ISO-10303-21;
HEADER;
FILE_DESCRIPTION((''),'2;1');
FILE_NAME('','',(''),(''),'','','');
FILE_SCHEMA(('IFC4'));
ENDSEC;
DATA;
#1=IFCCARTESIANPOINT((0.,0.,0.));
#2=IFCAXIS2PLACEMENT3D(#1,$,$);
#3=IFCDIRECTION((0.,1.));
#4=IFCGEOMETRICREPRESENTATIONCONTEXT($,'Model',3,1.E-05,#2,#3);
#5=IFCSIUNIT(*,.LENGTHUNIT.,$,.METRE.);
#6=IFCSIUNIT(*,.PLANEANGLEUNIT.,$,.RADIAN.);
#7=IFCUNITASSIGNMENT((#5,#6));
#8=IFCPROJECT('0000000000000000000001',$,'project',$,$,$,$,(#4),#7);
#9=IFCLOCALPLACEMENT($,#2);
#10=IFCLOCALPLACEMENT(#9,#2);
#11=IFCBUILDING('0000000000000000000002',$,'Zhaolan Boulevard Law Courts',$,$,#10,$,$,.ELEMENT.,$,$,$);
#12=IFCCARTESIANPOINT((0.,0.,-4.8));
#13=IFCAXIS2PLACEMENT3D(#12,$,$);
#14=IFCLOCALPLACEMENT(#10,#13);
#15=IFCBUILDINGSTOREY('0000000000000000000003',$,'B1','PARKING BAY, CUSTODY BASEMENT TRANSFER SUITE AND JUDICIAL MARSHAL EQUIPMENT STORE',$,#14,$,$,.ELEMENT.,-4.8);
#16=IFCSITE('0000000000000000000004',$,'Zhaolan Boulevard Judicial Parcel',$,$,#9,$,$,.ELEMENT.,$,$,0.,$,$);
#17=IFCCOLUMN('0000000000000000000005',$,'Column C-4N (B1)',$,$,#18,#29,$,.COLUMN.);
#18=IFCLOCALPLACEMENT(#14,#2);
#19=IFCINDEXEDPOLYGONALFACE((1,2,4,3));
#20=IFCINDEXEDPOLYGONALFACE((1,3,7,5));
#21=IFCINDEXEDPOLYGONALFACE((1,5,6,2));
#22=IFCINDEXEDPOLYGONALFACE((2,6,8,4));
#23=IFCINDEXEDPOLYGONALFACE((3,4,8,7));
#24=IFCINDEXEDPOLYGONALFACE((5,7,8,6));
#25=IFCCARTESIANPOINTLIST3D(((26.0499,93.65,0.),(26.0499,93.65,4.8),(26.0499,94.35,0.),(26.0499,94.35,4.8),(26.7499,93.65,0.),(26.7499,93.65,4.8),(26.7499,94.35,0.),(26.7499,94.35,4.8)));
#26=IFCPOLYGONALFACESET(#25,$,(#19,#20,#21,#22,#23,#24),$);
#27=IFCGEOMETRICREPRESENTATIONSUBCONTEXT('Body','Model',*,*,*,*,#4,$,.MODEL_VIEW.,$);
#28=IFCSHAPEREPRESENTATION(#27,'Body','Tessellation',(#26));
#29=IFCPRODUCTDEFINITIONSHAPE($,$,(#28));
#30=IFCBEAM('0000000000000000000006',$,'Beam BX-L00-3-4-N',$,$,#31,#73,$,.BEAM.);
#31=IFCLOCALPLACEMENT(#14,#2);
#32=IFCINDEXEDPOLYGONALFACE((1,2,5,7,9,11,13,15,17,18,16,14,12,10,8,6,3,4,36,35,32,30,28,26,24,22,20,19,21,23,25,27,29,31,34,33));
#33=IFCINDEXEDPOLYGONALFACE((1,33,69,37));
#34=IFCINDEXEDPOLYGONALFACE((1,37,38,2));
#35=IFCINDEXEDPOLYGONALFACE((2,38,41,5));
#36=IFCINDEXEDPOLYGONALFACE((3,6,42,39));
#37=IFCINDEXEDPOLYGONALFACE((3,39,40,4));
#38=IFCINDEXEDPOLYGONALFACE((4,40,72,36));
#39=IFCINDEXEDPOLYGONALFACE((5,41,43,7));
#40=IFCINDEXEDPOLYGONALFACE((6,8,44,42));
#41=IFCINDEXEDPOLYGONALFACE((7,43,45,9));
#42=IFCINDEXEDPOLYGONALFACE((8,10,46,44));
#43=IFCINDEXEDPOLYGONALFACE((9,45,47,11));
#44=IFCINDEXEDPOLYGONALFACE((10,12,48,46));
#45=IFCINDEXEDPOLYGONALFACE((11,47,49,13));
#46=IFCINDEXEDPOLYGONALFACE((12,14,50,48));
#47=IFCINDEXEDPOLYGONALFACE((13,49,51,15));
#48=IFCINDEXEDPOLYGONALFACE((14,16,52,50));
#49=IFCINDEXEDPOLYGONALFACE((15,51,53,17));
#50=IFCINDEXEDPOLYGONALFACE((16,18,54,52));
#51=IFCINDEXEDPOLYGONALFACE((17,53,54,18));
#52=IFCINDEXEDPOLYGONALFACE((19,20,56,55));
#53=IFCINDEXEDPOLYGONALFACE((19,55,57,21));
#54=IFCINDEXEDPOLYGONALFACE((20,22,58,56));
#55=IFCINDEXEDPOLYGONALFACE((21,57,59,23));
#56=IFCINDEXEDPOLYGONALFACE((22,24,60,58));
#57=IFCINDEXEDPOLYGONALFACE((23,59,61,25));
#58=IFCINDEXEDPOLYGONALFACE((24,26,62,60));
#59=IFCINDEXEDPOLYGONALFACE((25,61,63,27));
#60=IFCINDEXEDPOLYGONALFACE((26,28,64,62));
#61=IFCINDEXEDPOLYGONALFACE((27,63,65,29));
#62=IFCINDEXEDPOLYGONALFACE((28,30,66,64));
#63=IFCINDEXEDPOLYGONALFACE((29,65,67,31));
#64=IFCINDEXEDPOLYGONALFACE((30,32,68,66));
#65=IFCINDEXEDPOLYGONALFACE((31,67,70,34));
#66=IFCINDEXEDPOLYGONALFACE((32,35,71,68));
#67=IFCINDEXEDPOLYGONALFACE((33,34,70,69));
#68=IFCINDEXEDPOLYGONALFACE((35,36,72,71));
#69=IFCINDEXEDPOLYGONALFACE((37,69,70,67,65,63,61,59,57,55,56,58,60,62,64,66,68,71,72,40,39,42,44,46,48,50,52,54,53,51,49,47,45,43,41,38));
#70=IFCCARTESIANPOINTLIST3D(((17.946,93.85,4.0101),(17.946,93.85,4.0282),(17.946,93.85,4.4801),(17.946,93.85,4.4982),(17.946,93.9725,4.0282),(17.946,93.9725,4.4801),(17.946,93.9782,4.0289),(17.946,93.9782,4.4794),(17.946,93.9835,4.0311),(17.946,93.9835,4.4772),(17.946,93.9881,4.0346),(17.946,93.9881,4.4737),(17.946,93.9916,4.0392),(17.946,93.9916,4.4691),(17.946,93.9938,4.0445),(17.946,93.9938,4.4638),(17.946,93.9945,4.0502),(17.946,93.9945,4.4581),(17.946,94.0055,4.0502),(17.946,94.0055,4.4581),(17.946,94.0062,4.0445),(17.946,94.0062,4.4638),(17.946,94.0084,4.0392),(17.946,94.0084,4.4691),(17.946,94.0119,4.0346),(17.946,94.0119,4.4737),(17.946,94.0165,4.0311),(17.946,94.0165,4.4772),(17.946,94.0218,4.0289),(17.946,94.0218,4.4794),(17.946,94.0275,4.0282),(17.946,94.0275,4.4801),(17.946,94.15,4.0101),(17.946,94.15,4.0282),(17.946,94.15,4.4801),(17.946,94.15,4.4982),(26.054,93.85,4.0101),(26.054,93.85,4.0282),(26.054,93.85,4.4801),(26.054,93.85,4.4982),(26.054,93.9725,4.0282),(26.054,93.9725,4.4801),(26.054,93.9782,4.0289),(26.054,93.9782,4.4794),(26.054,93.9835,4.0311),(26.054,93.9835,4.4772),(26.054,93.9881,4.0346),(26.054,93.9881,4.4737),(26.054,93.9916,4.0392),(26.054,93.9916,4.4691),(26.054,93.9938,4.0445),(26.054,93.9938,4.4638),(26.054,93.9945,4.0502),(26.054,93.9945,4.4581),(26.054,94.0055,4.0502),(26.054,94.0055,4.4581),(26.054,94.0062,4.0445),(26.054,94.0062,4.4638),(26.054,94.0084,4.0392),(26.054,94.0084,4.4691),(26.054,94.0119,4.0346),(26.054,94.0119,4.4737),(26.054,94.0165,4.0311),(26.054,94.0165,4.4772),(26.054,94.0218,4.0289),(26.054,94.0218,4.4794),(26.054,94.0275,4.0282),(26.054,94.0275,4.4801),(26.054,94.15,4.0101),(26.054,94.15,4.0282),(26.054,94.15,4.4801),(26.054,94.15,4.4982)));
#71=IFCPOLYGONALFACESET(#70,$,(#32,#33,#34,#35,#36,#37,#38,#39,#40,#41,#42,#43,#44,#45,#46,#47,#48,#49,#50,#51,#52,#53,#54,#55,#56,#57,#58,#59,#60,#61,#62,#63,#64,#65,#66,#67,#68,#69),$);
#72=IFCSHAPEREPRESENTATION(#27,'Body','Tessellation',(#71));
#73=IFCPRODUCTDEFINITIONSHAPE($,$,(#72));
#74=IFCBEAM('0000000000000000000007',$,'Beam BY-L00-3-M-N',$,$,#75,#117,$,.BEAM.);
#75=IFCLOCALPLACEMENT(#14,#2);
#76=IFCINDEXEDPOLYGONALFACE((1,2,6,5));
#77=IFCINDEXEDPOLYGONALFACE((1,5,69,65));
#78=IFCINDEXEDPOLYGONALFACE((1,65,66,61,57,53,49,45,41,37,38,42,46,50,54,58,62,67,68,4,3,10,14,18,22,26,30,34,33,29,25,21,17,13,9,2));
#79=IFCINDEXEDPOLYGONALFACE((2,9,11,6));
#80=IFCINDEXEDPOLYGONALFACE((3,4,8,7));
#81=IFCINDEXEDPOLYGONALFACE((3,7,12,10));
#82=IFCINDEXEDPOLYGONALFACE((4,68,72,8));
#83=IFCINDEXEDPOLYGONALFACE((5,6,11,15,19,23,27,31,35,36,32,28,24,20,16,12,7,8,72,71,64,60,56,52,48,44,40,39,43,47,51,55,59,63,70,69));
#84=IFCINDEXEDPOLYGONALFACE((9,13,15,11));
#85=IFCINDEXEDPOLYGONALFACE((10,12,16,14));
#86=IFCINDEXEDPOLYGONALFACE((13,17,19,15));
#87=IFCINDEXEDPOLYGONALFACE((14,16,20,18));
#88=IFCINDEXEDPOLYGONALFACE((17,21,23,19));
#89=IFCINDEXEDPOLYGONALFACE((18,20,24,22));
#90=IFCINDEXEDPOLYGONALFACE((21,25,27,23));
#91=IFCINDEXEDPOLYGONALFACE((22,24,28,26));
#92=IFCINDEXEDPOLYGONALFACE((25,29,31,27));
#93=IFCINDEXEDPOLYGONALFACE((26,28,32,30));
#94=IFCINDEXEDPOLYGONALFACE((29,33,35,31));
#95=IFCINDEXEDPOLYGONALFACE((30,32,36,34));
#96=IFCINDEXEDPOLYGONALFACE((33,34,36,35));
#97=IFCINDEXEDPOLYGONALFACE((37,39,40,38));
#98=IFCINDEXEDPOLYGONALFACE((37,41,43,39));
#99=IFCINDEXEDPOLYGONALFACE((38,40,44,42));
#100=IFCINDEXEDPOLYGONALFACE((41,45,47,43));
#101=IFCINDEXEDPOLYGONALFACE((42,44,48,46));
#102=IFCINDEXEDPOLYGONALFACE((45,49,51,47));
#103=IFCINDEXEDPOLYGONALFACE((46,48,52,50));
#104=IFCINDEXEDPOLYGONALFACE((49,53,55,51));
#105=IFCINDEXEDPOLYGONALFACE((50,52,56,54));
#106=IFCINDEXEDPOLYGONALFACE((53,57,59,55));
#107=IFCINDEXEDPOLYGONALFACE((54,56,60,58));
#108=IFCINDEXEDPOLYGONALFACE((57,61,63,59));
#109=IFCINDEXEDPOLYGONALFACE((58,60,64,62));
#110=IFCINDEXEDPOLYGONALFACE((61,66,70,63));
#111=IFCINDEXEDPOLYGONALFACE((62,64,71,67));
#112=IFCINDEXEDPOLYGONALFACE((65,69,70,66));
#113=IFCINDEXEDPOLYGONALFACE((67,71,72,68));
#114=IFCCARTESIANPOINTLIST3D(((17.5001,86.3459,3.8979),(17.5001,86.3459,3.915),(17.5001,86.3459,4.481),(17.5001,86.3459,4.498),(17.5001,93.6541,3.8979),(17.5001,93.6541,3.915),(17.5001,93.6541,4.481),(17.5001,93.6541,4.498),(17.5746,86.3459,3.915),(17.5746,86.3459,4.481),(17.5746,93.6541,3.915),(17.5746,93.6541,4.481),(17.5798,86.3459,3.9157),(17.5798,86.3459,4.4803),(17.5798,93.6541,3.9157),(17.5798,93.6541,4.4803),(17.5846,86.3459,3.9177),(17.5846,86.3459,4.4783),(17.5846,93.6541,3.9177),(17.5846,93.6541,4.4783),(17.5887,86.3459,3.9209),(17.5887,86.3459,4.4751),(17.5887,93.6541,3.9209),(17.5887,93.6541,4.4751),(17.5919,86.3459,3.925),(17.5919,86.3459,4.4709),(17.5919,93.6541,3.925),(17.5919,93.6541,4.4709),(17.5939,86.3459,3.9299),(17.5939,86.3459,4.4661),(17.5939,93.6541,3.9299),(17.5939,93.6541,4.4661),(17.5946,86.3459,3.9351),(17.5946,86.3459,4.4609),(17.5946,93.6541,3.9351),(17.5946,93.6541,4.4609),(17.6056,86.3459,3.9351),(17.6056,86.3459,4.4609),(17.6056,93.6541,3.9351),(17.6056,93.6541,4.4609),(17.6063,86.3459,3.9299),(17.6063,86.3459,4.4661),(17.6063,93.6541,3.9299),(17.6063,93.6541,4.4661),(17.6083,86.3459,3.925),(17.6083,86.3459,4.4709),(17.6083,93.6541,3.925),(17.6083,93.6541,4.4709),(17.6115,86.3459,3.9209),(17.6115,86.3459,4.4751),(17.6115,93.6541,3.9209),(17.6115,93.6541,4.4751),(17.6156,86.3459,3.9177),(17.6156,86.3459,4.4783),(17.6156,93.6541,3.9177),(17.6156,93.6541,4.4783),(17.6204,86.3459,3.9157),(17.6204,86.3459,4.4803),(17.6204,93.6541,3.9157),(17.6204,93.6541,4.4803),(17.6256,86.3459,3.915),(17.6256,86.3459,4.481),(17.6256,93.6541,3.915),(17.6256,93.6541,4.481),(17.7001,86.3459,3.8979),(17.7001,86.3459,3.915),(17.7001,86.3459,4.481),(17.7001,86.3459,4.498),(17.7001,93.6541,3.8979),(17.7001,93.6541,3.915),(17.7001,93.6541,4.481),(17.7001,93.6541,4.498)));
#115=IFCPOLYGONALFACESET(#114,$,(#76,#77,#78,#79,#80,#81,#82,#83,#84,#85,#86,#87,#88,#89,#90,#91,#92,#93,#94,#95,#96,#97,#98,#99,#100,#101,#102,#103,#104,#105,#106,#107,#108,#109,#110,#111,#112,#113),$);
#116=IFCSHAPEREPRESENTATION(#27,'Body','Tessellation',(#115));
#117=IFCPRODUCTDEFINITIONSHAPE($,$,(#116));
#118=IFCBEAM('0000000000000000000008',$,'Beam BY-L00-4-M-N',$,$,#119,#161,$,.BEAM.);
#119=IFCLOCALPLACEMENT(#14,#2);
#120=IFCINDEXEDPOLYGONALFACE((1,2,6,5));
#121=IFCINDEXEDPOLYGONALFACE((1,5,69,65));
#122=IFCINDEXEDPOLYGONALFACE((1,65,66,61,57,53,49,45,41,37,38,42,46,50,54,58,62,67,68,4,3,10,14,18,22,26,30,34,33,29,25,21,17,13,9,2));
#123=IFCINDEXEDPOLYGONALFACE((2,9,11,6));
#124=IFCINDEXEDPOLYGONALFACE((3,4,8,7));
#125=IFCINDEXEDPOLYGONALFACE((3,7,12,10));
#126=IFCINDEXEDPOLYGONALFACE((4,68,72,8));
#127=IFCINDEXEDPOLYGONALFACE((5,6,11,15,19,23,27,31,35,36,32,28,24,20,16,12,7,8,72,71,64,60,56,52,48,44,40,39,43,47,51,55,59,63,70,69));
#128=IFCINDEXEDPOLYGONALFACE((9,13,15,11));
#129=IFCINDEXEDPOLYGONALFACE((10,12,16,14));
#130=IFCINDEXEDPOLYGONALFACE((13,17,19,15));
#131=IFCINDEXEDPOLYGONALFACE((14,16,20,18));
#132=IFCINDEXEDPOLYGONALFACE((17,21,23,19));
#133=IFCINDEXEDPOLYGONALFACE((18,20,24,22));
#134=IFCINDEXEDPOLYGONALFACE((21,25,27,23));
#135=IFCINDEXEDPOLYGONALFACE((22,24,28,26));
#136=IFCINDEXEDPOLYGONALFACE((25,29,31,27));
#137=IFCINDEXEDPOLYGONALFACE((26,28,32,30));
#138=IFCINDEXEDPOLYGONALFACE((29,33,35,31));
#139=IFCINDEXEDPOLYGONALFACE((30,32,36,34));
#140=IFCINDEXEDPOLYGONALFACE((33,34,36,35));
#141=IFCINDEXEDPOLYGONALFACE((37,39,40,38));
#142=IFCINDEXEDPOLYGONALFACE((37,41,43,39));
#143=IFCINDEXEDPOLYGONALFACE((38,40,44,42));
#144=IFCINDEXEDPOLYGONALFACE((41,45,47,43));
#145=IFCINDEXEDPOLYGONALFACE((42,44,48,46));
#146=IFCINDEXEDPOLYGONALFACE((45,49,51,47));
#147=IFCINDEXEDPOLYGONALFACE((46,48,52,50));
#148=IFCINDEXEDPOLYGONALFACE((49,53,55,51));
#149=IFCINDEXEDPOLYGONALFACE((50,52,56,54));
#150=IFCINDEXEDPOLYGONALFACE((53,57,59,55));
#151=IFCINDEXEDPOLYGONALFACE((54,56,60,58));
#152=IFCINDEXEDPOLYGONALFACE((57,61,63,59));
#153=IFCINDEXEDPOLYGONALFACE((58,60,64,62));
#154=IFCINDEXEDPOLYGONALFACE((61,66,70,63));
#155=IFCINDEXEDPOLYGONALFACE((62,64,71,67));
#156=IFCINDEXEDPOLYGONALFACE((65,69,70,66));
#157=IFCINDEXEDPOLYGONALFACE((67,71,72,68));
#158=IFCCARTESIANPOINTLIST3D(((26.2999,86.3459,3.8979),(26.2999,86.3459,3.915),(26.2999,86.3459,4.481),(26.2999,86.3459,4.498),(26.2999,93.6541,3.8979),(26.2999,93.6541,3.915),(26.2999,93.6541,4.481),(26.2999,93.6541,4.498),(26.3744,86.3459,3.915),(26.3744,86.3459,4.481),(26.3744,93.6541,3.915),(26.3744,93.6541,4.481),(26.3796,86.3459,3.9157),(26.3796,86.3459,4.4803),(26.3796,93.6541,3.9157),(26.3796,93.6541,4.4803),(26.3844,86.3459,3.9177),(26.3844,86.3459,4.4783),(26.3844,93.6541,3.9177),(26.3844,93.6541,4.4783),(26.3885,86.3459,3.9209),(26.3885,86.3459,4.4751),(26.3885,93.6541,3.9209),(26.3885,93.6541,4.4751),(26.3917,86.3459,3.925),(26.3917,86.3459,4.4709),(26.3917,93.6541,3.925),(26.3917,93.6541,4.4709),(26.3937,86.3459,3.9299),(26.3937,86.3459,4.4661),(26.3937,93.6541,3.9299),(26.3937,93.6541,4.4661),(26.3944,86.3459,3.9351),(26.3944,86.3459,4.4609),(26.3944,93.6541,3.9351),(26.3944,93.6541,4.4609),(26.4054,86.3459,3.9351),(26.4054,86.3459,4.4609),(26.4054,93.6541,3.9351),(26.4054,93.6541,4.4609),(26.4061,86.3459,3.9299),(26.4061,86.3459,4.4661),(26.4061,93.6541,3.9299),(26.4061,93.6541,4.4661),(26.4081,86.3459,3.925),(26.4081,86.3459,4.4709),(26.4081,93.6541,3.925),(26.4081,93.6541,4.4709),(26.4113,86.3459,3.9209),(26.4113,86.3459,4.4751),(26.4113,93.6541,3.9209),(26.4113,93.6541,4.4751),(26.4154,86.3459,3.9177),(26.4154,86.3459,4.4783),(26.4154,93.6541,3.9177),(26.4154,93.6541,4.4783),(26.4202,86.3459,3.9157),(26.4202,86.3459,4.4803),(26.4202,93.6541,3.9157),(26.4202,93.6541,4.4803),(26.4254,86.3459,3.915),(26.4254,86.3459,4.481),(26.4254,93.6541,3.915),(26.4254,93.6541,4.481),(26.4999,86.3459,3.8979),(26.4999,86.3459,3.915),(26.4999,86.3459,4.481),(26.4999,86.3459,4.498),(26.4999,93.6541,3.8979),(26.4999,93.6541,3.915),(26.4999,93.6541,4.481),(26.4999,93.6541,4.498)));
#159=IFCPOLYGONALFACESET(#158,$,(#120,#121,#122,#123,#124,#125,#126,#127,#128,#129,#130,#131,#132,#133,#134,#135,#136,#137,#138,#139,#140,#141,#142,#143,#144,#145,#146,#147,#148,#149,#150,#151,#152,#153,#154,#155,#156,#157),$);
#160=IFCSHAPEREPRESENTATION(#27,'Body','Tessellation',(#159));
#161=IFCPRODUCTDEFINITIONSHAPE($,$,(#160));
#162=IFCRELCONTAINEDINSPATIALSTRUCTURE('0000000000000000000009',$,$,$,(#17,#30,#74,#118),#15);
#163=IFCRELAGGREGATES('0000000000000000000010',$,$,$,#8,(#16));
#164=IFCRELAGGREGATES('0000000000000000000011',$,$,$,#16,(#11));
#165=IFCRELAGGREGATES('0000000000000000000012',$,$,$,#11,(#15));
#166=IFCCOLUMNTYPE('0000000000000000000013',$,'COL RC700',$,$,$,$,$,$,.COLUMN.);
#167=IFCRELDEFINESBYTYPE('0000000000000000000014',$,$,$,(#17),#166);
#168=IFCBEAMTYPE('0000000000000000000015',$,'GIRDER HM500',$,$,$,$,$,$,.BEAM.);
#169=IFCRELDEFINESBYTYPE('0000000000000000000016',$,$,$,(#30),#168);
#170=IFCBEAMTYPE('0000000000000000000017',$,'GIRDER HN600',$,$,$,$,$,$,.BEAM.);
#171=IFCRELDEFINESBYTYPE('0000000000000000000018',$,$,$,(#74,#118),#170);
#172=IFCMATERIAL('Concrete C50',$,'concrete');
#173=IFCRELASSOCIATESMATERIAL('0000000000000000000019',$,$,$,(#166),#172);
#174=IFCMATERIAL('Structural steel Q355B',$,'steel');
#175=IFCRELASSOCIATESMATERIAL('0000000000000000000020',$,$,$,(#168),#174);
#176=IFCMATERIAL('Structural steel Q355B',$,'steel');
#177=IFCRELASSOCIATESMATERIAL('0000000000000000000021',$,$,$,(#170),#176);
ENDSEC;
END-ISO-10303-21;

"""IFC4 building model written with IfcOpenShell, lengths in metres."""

from ifc_helpers import new_model, si_unit, direction, frame, origin, origin_2d, place, context, subcontext, project, spatial, rectangle, i_section, extrude, material, material_profile, profile_set, type_object, element, save


model = new_model("IFC4")

# Units and contexts
model_context = context("Model", 3, precision=1e-05, world=origin(), true_north=direction((0.0, 1.0)))
body_context = subcontext(model_context, "Body", "Model", "MODEL_VIEW")
ifc_project = project(units=[si_unit("LENGTHUNIT", "METRE"), si_unit("PLANEANGLEUNIT", "RADIAN")], contexts=[model_context])

# Site, building, storey
site_placement = place(None, origin())
site = spatial("IfcSite", under=ifc_project, at=site_placement, Name="Zhaolan Boulevard Judicial Parcel", CompositionType="ELEMENT", RefElevation=0.0)
building_placement = place(site_placement, origin())
building = spatial("IfcBuilding", under=site, at=building_placement, Name="Zhaolan Boulevard Law Courts", CompositionType="ELEMENT")
storey_placement = place(building_placement, frame((0.0, 0.0, -4.8)))
storey = spatial("IfcBuildingStorey", under=building, at=storey_placement, Name="B1", Description="PARKING BAY, CUSTODY BASEMENT TRANSFER SUITE AND JUDICIAL MARSHAL EQUIPMENT STORE", CompositionType="ELEMENT", Elevation=-4.8)

# Column
ifc_material_1 = material(Name="Concrete C50", Category="concrete")
ifc_material_profile_1 = material_profile(ifc_material_1, rectangle(XDim=0.7, YDim=0.7, at=origin_2d()), Name="RC700x700")
ifc_profile_set_1 = profile_set([ifc_material_profile_1], Name="Concrete C50")
column_type = type_object("IfcColumnType", Name="COL RC700", PredefinedType="COLUMN", material=ifc_profile_set_1)
for number, where, z_axis, x_axis, name in (
    (1, (26.3999, 94.0, 0.0), (0.0, 0.0, 1.0), (1.0, 0.0, 0.0), "Column C-4N (B1)"),
):
    element("IfcColumn", number, at=place(storey_placement, frame(where, z_axis=z_axis, x_axis=x_axis)), inside=storey, type_object=column_type, Name=name, PredefinedType="COLUMN", context=body_context, shape_type="SweptSolid", body=[
        extrude(rectangle(XDim=0.7, YDim=0.7, at=origin_2d()), origin(), (0.0, 0.0, 1.0), 4.8),
    ])

# Beams
ifc_material_2 = material(Name="Structural steel Q355B", Category="steel")
ifc_material_profile_2 = material_profile(ifc_material_2, i_section(OverallWidth=0.3, OverallDepth=0.488, WebThickness=0.011, FlangeThickness=0.0181, FilletRadius=0.022, at=origin_2d()), Name="HM488x300")
ifc_profile_set_2 = profile_set([ifc_material_profile_2], Name="Structural steel Q355B")
beam_type_1 = type_object("IfcBeamType", Name="GIRDER HM500", PredefinedType="BEAM", material=ifc_profile_set_2)
beam_1_placement = place(storey_placement, frame((17.946, 94.0, 4.2542), z_axis=(1.0, 0.0, 0.0), x_axis=(0.0, 1.0, 0.0)))
element("IfcBeam", 2, at=beam_1_placement, inside=storey, type_object=beam_type_1, Name="Beam BX-L00-3-4-N", PredefinedType="BEAM", context=body_context, shape_type="SweptSolid", body=[
    extrude(i_section(OverallWidth=0.3, OverallDepth=0.488, WebThickness=0.011, FlangeThickness=0.0181, FilletRadius=0.022, at=origin_2d()), origin(), (0.0, 0.0, 1.0), 8.1079),
])
ifc_material_3 = material(Name="Structural steel Q355B", Category="steel")
ifc_material_profile_3 = material_profile(ifc_material_3, i_section(OverallWidth=0.2, OverallDepth=0.6001, WebThickness=0.011, FlangeThickness=0.0171, FilletRadius=0.02, at=origin_2d()), Name="HN600x200")
ifc_profile_set_3 = profile_set([ifc_material_profile_3], Name="Structural steel Q355B")
beam_type_2 = type_object("IfcBeamType", Name="GIRDER HN600", PredefinedType="BEAM", material=ifc_profile_set_3)
for number, where, z_axis, x_axis, name in (
    (3, (17.6001, 86.3459, 4.198), (0.0, 1.0, 0.0), (-1.0, 0.0, 0.0), "Beam BY-L00-3-M-N"),
    (4, (26.3999, 86.3459, 4.198), (0.0, 1.0, 0.0), (-1.0, 0.0, 0.0), "Beam BY-L00-4-M-N"),
):
    element("IfcBeam", number, at=place(storey_placement, frame(where, z_axis=z_axis, x_axis=x_axis)), inside=storey, type_object=beam_type_2, Name=name, PredefinedType="BEAM", context=body_context, shape_type="SweptSolid", body=[
        extrude(i_section(OverallWidth=0.2, OverallDepth=0.6001, WebThickness=0.011, FlangeThickness=0.0171, FilletRadius=0.02, at=origin_2d()), origin(), (0.0, 0.0, 1.0), 7.3081),
    ])

save(model, "model.ifc")
